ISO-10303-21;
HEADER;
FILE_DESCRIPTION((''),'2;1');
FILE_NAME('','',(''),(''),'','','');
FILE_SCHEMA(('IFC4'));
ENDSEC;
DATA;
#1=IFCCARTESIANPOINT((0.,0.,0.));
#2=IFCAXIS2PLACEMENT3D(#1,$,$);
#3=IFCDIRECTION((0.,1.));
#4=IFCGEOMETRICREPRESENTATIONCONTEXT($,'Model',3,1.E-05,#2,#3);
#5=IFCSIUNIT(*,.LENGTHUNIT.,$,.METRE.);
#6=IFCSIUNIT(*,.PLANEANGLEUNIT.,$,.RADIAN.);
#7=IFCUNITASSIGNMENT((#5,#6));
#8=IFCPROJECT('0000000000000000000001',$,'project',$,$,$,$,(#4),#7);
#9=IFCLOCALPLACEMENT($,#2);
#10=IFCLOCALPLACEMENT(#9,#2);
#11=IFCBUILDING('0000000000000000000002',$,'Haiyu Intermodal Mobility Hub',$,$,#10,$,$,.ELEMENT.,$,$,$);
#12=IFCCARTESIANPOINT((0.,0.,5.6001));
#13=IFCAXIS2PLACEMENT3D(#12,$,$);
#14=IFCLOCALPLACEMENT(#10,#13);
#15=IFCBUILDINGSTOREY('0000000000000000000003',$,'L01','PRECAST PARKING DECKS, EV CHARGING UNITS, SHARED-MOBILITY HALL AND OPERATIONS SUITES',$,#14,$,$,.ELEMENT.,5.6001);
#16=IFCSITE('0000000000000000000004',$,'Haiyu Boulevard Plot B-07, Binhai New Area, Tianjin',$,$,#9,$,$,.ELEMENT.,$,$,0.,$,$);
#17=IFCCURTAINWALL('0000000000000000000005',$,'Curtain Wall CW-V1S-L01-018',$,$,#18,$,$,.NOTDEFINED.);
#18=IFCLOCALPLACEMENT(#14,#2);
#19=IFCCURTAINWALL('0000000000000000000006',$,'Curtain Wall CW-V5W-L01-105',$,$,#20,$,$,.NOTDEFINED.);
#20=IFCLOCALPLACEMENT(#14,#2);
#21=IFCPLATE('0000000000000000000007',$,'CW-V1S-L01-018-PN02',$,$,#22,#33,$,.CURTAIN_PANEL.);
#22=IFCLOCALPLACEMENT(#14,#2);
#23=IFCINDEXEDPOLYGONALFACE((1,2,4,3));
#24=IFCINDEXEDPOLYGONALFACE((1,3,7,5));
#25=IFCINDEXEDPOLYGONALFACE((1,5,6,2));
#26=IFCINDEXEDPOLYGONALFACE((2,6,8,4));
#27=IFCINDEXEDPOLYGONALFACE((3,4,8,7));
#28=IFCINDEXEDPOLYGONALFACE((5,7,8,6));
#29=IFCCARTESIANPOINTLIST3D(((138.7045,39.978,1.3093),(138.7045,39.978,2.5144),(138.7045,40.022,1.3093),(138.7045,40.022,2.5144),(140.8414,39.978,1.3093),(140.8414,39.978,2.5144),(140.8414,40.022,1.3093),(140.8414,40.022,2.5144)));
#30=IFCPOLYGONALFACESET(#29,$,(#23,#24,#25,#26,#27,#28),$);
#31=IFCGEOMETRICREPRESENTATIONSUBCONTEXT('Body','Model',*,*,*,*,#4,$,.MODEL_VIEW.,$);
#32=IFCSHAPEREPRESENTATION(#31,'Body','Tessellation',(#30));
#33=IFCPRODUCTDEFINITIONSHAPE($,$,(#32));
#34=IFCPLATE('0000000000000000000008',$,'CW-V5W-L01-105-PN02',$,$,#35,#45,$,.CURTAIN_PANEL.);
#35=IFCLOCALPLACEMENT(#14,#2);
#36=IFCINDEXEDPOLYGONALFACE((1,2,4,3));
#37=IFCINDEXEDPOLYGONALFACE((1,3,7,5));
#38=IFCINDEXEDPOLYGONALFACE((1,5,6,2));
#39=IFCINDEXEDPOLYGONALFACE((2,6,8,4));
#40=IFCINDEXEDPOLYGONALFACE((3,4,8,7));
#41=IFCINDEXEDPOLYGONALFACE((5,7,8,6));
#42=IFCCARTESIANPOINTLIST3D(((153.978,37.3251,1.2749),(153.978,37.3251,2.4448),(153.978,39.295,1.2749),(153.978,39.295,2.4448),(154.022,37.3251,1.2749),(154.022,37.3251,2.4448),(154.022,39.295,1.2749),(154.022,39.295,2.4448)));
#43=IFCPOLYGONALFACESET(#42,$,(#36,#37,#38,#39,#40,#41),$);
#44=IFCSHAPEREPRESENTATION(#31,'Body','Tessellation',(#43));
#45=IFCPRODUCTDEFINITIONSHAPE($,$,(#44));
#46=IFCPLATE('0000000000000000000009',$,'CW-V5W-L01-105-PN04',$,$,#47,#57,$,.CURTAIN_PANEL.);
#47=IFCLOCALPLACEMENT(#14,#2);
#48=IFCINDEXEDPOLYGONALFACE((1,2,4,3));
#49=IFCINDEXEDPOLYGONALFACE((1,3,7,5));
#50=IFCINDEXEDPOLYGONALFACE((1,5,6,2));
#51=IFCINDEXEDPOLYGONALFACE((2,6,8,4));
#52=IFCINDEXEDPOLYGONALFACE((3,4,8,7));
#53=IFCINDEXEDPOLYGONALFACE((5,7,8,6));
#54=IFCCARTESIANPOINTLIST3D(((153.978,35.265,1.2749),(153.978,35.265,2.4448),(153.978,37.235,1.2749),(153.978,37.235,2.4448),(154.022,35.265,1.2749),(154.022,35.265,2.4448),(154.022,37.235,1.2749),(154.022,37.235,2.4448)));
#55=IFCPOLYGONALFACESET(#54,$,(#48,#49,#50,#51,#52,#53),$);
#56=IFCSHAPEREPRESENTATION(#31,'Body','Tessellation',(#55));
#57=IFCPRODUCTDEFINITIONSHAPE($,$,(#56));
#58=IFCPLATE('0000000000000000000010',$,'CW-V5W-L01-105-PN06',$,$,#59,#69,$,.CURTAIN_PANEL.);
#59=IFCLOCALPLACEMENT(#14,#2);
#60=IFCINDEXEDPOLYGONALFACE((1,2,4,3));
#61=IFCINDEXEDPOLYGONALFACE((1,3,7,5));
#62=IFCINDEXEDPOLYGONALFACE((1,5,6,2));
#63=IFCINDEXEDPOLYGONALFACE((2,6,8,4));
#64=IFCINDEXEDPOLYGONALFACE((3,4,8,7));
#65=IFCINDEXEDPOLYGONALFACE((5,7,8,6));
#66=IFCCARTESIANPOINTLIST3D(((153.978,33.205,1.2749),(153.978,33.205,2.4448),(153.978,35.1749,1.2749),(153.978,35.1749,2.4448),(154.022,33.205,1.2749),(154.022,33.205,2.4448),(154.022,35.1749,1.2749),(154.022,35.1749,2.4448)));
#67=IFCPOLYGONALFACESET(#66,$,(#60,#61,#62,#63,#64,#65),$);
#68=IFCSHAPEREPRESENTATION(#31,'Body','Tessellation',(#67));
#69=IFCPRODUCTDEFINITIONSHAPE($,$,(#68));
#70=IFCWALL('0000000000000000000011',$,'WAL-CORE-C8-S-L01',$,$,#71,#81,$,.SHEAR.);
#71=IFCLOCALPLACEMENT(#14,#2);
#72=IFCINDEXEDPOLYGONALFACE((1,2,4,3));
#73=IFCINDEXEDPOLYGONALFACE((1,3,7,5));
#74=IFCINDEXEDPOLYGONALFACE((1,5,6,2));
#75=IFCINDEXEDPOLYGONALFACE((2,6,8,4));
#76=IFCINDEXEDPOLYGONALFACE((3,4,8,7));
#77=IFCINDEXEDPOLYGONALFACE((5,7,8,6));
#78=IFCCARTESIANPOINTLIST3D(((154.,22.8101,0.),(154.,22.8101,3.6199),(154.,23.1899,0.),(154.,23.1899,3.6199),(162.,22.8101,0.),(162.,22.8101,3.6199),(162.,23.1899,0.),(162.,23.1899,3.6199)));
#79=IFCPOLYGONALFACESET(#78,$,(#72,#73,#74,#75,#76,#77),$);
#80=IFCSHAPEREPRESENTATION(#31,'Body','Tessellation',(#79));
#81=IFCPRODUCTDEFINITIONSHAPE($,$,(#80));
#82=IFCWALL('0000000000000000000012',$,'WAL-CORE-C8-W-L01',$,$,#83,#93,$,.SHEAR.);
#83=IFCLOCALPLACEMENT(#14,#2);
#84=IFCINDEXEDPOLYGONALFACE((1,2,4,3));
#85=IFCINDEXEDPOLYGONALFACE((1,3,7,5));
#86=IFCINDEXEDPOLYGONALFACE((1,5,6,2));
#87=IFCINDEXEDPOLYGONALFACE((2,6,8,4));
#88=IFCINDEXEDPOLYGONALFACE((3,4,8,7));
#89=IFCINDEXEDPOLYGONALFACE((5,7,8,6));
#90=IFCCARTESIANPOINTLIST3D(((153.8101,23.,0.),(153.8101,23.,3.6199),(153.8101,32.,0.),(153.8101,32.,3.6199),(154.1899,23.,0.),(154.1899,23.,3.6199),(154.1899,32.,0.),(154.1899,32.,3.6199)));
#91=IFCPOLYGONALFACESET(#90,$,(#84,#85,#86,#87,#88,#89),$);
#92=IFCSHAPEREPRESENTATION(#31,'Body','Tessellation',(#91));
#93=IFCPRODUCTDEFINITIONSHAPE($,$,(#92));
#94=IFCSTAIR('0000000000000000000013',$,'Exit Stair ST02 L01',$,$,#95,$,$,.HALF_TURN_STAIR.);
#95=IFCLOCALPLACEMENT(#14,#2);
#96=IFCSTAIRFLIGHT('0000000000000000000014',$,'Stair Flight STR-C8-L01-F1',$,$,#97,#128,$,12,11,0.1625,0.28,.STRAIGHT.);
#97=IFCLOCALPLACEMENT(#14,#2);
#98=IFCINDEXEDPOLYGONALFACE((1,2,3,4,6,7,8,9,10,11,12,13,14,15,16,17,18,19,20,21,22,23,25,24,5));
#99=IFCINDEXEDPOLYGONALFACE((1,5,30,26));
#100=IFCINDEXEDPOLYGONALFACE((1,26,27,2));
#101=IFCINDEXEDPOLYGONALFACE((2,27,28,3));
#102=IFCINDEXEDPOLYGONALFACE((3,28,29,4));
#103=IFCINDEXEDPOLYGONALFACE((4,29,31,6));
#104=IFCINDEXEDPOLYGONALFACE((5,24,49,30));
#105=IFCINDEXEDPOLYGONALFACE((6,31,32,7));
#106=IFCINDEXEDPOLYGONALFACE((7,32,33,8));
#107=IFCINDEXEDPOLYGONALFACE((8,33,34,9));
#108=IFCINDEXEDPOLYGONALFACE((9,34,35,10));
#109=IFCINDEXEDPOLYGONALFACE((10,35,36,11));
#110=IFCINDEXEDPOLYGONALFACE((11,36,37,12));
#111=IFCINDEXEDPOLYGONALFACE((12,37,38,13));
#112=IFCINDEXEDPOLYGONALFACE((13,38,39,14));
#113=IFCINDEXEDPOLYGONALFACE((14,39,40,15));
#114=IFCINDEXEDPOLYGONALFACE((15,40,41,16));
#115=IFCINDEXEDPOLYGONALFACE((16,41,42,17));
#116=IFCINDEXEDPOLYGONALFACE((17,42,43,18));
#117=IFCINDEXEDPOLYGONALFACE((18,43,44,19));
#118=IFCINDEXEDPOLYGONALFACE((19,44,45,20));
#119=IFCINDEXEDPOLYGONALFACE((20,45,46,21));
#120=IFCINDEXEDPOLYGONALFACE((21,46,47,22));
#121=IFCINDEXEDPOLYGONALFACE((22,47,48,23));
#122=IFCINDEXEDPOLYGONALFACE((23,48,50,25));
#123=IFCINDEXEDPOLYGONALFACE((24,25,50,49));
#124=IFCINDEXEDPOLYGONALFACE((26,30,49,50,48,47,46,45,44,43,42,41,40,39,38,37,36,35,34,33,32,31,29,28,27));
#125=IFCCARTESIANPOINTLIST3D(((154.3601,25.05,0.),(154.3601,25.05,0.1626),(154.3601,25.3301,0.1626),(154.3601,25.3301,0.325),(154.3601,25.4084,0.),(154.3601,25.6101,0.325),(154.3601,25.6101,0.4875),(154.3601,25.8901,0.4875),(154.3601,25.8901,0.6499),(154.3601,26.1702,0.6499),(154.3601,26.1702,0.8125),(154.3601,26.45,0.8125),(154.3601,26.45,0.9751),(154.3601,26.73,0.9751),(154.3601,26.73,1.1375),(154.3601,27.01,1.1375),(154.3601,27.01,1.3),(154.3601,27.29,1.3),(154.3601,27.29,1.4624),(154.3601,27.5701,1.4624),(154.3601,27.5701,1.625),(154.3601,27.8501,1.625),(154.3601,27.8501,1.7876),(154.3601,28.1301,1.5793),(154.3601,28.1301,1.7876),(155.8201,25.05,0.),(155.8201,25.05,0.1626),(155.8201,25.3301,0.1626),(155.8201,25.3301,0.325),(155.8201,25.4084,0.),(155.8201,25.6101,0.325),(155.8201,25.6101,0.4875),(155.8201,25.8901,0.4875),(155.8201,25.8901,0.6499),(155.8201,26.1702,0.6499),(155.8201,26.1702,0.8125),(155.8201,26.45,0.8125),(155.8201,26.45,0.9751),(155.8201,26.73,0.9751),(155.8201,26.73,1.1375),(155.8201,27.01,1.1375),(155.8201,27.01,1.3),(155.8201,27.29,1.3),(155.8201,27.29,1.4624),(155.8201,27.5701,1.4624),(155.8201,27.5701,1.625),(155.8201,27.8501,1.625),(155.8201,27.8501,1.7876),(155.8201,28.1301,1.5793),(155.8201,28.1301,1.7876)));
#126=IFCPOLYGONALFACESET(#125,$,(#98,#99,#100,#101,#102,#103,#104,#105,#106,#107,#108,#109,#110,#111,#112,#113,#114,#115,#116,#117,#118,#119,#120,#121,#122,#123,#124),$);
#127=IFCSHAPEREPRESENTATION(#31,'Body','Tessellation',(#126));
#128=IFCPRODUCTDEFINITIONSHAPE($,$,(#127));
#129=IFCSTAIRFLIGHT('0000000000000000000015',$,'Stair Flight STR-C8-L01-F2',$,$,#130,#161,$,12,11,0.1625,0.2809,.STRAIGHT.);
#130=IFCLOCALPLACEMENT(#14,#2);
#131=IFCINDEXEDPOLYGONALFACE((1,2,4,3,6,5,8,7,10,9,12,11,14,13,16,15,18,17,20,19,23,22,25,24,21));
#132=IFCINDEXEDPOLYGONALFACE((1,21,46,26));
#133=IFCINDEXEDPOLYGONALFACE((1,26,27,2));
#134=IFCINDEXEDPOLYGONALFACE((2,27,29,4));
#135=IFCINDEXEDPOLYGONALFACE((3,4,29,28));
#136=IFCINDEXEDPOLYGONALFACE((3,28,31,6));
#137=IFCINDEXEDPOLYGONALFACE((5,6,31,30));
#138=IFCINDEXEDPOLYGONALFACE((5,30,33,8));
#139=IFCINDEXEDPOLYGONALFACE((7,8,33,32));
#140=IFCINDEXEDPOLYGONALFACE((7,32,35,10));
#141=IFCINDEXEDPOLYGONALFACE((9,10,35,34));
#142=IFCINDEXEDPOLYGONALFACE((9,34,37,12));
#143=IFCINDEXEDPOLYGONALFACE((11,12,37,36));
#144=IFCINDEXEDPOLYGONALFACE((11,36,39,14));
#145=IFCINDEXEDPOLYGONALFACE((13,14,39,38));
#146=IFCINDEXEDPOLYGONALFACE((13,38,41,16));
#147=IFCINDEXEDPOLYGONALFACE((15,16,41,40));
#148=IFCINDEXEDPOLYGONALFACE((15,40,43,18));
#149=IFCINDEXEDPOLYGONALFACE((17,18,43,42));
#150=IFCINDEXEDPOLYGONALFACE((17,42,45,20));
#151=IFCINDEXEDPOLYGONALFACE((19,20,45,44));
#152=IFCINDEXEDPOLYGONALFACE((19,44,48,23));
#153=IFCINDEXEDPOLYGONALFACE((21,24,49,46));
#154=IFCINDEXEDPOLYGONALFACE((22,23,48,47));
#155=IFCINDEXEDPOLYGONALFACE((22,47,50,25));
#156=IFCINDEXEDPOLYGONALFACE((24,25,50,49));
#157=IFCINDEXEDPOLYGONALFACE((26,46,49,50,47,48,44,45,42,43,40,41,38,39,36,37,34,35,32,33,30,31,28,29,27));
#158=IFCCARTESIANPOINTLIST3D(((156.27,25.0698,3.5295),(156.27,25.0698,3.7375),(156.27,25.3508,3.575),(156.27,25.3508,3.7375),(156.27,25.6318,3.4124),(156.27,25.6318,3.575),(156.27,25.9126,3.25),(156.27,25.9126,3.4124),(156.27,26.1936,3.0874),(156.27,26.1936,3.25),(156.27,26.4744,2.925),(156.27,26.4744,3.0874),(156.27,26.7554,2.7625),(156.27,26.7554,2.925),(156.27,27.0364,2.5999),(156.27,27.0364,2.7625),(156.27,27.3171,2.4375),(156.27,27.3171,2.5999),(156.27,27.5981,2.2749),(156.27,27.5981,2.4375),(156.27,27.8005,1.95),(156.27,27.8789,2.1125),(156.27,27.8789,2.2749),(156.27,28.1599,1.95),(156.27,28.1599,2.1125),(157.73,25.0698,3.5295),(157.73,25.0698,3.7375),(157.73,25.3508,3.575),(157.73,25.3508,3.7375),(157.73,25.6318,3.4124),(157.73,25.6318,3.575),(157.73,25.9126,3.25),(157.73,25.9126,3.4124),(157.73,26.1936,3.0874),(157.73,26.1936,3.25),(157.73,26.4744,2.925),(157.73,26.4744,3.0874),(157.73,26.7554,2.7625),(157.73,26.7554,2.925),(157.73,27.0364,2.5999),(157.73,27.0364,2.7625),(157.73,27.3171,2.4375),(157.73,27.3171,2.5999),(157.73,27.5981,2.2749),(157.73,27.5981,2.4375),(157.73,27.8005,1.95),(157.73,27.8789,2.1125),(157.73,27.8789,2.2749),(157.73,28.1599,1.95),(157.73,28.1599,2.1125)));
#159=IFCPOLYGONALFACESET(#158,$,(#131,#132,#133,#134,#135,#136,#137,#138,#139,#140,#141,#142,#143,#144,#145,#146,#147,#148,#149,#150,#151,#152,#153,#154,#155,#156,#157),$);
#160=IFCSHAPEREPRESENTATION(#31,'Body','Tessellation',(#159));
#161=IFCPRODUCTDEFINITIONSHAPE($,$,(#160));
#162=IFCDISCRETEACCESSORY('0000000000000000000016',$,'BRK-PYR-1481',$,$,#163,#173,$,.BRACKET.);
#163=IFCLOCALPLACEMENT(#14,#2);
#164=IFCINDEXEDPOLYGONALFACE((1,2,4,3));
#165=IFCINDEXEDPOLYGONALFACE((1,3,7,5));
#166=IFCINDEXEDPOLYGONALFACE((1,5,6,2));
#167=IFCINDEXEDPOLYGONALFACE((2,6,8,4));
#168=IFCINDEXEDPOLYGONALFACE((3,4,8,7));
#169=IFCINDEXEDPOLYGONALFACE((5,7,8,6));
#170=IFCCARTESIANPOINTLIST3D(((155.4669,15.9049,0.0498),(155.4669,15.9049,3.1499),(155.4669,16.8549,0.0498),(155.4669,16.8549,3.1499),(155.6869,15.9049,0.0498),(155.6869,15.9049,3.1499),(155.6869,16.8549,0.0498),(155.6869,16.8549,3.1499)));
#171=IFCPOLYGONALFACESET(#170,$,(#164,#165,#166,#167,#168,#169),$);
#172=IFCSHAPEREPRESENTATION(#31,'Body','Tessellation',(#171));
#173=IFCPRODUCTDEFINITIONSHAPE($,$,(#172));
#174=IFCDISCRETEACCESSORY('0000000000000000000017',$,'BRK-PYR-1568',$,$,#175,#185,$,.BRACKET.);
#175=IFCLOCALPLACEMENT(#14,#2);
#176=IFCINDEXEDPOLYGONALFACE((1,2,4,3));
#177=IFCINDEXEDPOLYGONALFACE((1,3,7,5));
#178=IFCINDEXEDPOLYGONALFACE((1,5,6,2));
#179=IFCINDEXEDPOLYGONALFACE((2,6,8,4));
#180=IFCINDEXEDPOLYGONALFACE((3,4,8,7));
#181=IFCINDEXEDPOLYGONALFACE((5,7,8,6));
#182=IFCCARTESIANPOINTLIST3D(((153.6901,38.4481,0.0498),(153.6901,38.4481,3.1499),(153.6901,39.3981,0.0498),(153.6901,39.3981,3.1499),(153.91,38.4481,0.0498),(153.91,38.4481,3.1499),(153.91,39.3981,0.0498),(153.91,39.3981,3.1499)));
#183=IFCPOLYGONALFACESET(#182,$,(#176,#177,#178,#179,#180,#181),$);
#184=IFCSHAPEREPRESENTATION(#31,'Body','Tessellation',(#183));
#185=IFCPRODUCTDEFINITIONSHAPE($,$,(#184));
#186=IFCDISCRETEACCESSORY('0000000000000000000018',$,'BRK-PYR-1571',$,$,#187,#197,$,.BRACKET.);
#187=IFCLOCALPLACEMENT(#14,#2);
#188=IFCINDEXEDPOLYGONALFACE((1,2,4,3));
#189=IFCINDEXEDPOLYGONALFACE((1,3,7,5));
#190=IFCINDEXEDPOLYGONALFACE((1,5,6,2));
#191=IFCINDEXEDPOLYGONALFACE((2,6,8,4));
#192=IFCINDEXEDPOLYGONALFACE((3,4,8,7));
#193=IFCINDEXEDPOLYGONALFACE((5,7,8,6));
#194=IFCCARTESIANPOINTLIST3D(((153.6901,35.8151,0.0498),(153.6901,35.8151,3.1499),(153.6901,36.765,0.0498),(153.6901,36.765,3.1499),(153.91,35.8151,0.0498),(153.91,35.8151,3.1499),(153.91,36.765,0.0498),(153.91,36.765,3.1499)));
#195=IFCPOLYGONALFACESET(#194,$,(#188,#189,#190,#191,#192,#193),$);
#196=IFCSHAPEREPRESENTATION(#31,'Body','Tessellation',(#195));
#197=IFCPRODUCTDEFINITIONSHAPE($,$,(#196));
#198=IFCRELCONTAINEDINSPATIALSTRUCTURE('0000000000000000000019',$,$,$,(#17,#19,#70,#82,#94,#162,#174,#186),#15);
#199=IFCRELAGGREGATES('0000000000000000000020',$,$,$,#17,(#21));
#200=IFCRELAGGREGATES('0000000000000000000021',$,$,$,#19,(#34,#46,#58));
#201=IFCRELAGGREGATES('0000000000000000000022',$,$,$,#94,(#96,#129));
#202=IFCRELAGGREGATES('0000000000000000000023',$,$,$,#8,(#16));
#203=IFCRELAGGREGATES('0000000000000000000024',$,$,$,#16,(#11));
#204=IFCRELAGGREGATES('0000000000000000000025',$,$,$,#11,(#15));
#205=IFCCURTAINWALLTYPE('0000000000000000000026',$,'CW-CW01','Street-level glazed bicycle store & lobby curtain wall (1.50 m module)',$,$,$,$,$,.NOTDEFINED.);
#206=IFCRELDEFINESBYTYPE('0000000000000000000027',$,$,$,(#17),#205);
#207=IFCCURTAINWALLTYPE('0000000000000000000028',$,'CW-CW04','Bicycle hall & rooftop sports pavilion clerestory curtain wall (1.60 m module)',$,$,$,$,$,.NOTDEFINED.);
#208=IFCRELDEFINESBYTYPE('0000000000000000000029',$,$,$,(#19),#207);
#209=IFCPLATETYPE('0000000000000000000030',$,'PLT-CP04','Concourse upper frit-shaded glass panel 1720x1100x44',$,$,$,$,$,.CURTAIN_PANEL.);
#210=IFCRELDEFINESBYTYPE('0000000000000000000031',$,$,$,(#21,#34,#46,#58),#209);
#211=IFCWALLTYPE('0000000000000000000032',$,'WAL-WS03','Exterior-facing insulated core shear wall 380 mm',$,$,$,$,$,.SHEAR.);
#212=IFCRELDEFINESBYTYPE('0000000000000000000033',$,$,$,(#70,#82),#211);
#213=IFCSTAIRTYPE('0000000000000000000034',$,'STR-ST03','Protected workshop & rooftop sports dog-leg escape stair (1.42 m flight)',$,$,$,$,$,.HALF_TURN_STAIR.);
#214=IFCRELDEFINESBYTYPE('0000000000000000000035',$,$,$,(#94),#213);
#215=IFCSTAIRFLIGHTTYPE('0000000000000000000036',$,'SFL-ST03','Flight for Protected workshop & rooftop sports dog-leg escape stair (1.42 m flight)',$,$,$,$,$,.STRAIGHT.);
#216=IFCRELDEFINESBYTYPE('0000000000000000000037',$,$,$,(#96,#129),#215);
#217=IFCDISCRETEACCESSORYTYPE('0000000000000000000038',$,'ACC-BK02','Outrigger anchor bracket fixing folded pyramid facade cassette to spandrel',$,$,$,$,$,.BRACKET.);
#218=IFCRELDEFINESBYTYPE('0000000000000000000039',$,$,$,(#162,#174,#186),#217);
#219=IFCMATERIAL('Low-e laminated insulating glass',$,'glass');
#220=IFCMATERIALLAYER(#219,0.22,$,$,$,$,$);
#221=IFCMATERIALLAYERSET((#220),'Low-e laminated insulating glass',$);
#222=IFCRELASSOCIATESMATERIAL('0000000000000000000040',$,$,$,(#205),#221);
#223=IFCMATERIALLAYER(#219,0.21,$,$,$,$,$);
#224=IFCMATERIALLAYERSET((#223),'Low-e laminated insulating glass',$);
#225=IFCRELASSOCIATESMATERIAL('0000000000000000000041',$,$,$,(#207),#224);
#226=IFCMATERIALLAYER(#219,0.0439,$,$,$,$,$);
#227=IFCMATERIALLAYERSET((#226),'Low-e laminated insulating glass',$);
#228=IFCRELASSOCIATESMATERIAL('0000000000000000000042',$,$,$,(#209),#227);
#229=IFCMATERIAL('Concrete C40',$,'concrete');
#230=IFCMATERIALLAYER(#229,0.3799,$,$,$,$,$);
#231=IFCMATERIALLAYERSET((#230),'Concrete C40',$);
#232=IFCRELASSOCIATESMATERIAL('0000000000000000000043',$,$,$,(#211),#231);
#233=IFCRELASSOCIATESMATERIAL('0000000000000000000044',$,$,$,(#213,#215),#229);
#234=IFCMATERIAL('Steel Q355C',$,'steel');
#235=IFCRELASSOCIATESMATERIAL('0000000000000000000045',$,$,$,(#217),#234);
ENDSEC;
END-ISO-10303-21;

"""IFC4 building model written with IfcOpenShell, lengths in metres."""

from ifc_helpers import new_model, si_unit, direction, frame, frame_2d, origin, origin_2d, place, context, subcontext, project, spatial, polyline, rectangle, outline, extrude, material, layer, layer_set, type_object, element, aggregate, save


model = new_model("IFC4")

# Units and contexts
model_context = context("Model", 3, precision=1e-05, world=origin(), true_north=direction((0.0, 1.0)))
body_context = subcontext(model_context, "Body", "Model", "MODEL_VIEW")
ifc_project = project(units=[si_unit("LENGTHUNIT", "METRE"), si_unit("PLANEANGLEUNIT", "RADIAN")], contexts=[model_context])

# Site, building, storey
site_placement = place(None, origin())
site = spatial("IfcSite", under=ifc_project, at=site_placement, Name="Haiyu Boulevard Plot B-07, Binhai New Area, Tianjin", CompositionType="ELEMENT", RefElevation=0.0)
building_placement = place(site_placement, origin())
building = spatial("IfcBuilding", under=site, at=building_placement, Name="Haiyu Intermodal Mobility Hub", CompositionType="ELEMENT")
storey_placement = place(building_placement, frame((0.0, 0.0, 5.6001)))
storey = spatial("IfcBuildingStorey", under=building, at=storey_placement, Name="L01", Description="PRECAST PARKING DECKS, EV CHARGING UNITS, SHARED-MOBILITY HALL AND OPERATIONS SUITES", CompositionType="ELEMENT", Elevation=5.6001)

# Shared definitions
ifc_material_1 = material(Name="Concrete C40", Category="concrete")

# Shared definitions
ifc_material_2 = material(Name="Steel Q355C", Category="steel")

# Curtain wall
ifc_material_3 = material(Name="Low-e laminated insulating glass", Category="glass")
ifc_layer_1 = layer(ifc_material_3, 0.22)
ifc_layer_set_1 = layer_set([ifc_layer_1], Name="Low-e laminated insulating glass")
curtain_wall_type_1 = type_object("IfcCurtainWallType", Name="CW-CW01", Description="Street-level glazed bicycle store & lobby curtain wall (1.50 m module)", PredefinedType="NOTDEFINED", material=ifc_layer_set_1)
curtain_wall_1_placement = place(storey_placement, origin())
curtain_wall_1 = element("IfcCurtainWall", 1, at=curtain_wall_1_placement, inside=storey, type_object=curtain_wall_type_1, Name="Curtain Wall CW-V1S-L01-018", PredefinedType="NOTDEFINED")

# Curtain wall
ifc_layer_2 = layer(ifc_material_3, 0.21)
ifc_layer_set_2 = layer_set([ifc_layer_2], Name="Low-e laminated insulating glass")
curtain_wall_type_2 = type_object("IfcCurtainWallType", Name="CW-CW04", Description="Bicycle hall & rooftop sports pavilion clerestory curtain wall (1.60 m module)", PredefinedType="NOTDEFINED", material=ifc_layer_set_2)
curtain_wall_2_placement = place(storey_placement, origin())
curtain_wall_2 = element("IfcCurtainWall", 2, at=curtain_wall_2_placement, inside=storey, type_object=curtain_wall_type_2, Name="Curtain Wall CW-V5W-L01-105", PredefinedType="NOTDEFINED")

# Plates
ifc_layer_3 = layer(ifc_material_3, 0.0439)
ifc_layer_set_3 = layer_set([ifc_layer_3], Name="Low-e laminated insulating glass")
plate_type_1 = type_object("IfcPlateType", Name="PLT-CP04", Description="Concourse upper frit-shaded glass panel 1720x1100x44", PredefinedType="CURTAIN_PANEL", material=ifc_layer_set_3)
plate_1_placement = place(storey_placement, frame((139.7729, 40.0, 1.3093), z_axis=(0.0, 0.0, 1.0), x_axis=(1.0, 0.0, 0.0)))
plate_1 = element("IfcPlate", 3, at=plate_1_placement, type_object=plate_type_1, Name="CW-V1S-L01-018-PN02", PredefinedType="CURTAIN_PANEL", context=body_context, shape_type="SweptSolid", body=[
    extrude(rectangle(XDim=2.137, YDim=0.0439, at=origin_2d()), origin(), (0.0, 0.0, 1.0), 1.2051),
])
aggregate(curtain_wall_1, [plate_1])
plate_2_placement = place(storey_placement, frame((154.0, 38.3101, 1.2749), z_axis=(0.0, 0.0, 1.0), x_axis=(0.0, -1.0, 0.0)))
plate_2 = element("IfcPlate", 4, at=plate_2_placement, type_object=plate_type_1, Name="CW-V5W-L01-105-PN02", PredefinedType="CURTAIN_PANEL", context=body_context, shape_type="SweptSolid", body=[
    extrude(rectangle(XDim=1.97, YDim=0.0439, at=origin_2d()), origin(), (0.0, 0.0, 1.0), 1.1699),
])
plate_3_placement = place(storey_placement, frame((154.0, 36.25, 1.2749), z_axis=(0.0, 0.0, 1.0), x_axis=(0.0, -1.0, 0.0)))
plate_3 = element("IfcPlate", 5, at=plate_3_placement, type_object=plate_type_1, Name="CW-V5W-L01-105-PN04", PredefinedType="CURTAIN_PANEL", context=body_context, shape_type="SweptSolid", body=[
    extrude(rectangle(XDim=1.97, YDim=0.0439, at=origin_2d()), origin(), (0.0, 0.0, 1.0), 1.1699),
])
plate_4_placement = place(storey_placement, frame((154.0, 34.1899, 1.2749), z_axis=(0.0, 0.0, 1.0), x_axis=(0.0, -1.0, 0.0)))
plate_4 = element("IfcPlate", 6, at=plate_4_placement, type_object=plate_type_1, Name="CW-V5W-L01-105-PN06", PredefinedType="CURTAIN_PANEL", context=body_context, shape_type="SweptSolid", body=[
    extrude(rectangle(XDim=1.97, YDim=0.0439, at=origin_2d()), origin(), (0.0, 0.0, 1.0), 1.1699),
])
aggregate(curtain_wall_2, [plate_2, plate_3, plate_4])

# Walls
ifc_layer_4 = layer(ifc_material_1, 0.3799)
ifc_layer_set_4 = layer_set([ifc_layer_4], Name="Concrete C40")
wall_type = type_object("IfcWallType", Name="WAL-WS03", Description="Exterior-facing insulated core shear wall 380 mm", PredefinedType="SHEAR", material=ifc_layer_set_4)
wall_1_placement = place(storey_placement, frame((154.0, 23.0, 0.0), z_axis=(0.0, 0.0, 1.0), x_axis=(1.0, 0.0, 0.0)))
element("IfcWall", 7, at=wall_1_placement, inside=storey, type_object=wall_type, Name="WAL-CORE-C8-S-L01", PredefinedType="SHEAR", context=body_context, shape_type="SweptSolid", body=[
    extrude(rectangle(XDim=8.0, YDim=0.3799, at=frame_2d((4.0, 0.0))), origin(), (0.0, 0.0, 1.0), 3.6199),
])
wall_2_placement = place(storey_placement, frame((154.0, 32.0, 0.0), z_axis=(0.0, 0.0, 1.0), x_axis=(0.0, -1.0, 0.0)))
element("IfcWall", 8, at=wall_2_placement, inside=storey, type_object=wall_type, Name="WAL-CORE-C8-W-L01", PredefinedType="SHEAR", context=body_context, shape_type="SweptSolid", body=[
    extrude(rectangle(XDim=9.0, YDim=0.3799, at=frame_2d((4.5, 0.0))), origin(), (0.0, 0.0, 1.0), 3.6199),
])

# Stair, stair flights
stair_type = type_object("IfcStairType", Name="STR-ST03", Description="Protected workshop & rooftop sports dog-leg escape stair (1.42 m flight)", PredefinedType="HALF_TURN_STAIR", material=ifc_material_1)
stair_placement = place(storey_placement, origin())
stair = element("IfcStair", 9, at=stair_placement, inside=storey, type_object=stair_type, Name="Exit Stair ST02 L01", PredefinedType="HALF_TURN_STAIR")
stair_flight_type = type_object("IfcStairFlightType", Name="SFL-ST03", Description="Flight for Protected workshop & rooftop sports dog-leg escape stair (1.42 m flight)", PredefinedType="STRAIGHT", material=ifc_material_1)
stair_flight_1_placement = place(storey_placement, frame((155.0901, 25.05, 0.0), z_axis=(0.0, 0.0, 1.0), x_axis=(0.0, 1.0, 0.0)))
stair_flight_1 = element("IfcStairFlight", 10, at=stair_flight_1_placement, type_object=stair_flight_type, Name="Stair Flight STR-C8-L01-F1", NumberOfRisers=12, NumberOfTreads=11, PredefinedType="STRAIGHT", RiserHeight=0.1625, TreadLength=0.28, context=body_context, shape_type="SweptSolid", body=[
    extrude(outline(polyline([(0.0, 0.0), (0.0, 0.1626), (0.28, 0.1626), (0.28, 0.325), (0.5601, 0.325), (0.5601, 0.4875), (0.8401, 0.4875), (0.8401, 0.6499), (1.1201, 0.6499), (1.1201, 0.8125), (1.3999, 0.8125), (1.3999, 0.9751), (1.6799, 0.9751), (1.6799, 1.1375), (1.96, 1.1375), (1.96, 1.3), (2.24, 1.3), (2.24, 1.4624), (2.52, 1.4624), (2.52, 1.625), (2.8, 1.625), (2.8, 1.7876), (3.0801, 1.7876), (3.0801, 1.95), (3.0801, 1.5793), (0.3584, 0.0), (0.0, 0.0)])), frame((0.0, 0.73, 0.0), z_axis=(0.0, -1.0, 0.0), x_axis=(1.0, 0.0, 0.0)), (0.0, 0.0, 1.0), 1.46),
])
stair_flight_2_placement = place(storey_placement, frame((157.0, 28.1599, 1.95), z_axis=(0.0, 0.0, 1.0), x_axis=(0.0, -1.0, 0.0)))
stair_flight_2 = element("IfcStairFlight", 11, at=stair_flight_2_placement, type_object=stair_flight_type, Name="Stair Flight STR-C8-L01-F2", NumberOfRisers=12, NumberOfTreads=11, PredefinedType="STRAIGHT", RiserHeight=0.1625, TreadLength=0.2809, context=body_context, shape_type="SweptSolid", body=[
    extrude(outline(polyline([(0.0, 0.0), (0.0, 0.1626), (0.281, 0.1626), (0.281, 0.325), (0.5618, 0.325), (0.5618, 0.4875), (0.8428, 0.4875), (0.8428, 0.6499), (1.1235, 0.6499), (1.1235, 0.8125), (1.4045, 0.8125), (1.4045, 0.9751), (1.6855, 0.9751), (1.6855, 1.1375), (1.9663, 1.1375), (1.9663, 1.3), (2.2473, 1.3), (2.2473, 1.4624), (2.5281, 1.4624), (2.5281, 1.625), (2.8091, 1.625), (2.8091, 1.7876), (3.0901, 1.7876), (3.0901, 1.95), (3.0901, 1.5796), (0.3594, 0.0), (0.0, 0.0)])), frame((0.0, 0.73, 0.0), z_axis=(0.0, -1.0, 0.0), x_axis=(1.0, 0.0, 0.0)), (0.0, 0.0, 1.0), 1.46),
])
aggregate(stair, [stair_flight_1, stair_flight_2])

# Discrete accessories
discrete_accessory_type = type_object("IfcDiscreteAccessoryType", Name="ACC-BK02", Description="Outrigger anchor bracket fixing folded pyramid facade cassette to spandrel", PredefinedType="BRACKET", material=ifc_material_2)
for number, where, z_axis, x_axis, name in (
    (12, (155.5769, 16.3799, 0.0498), (0.0, 0.0, 1.0), (1.0, 0.0, 0.0), "BRK-PYR-1481"),
    (13, (153.8, 38.9231, 0.0498), (0.0, 0.0, 1.0), (1.0, 0.0, 0.0), "BRK-PYR-1568"),
    (14, (153.8, 36.29, 0.0498), (0.0, 0.0, 1.0), (1.0, 0.0, 0.0), "BRK-PYR-1571"),
):
    element("IfcDiscreteAccessory", number, at=place(storey_placement, frame(where, z_axis=z_axis, x_axis=x_axis)), inside=storey, type_object=discrete_accessory_type, Name=name, PredefinedType="BRACKET", context=body_context, shape_type="SweptSolid", body=[
        extrude(rectangle(XDim=0.22, YDim=0.95, at=origin_2d()), origin(), (0.0, 0.0, 1.0), 3.1001),
    ])

save(model, "model.ifc")
